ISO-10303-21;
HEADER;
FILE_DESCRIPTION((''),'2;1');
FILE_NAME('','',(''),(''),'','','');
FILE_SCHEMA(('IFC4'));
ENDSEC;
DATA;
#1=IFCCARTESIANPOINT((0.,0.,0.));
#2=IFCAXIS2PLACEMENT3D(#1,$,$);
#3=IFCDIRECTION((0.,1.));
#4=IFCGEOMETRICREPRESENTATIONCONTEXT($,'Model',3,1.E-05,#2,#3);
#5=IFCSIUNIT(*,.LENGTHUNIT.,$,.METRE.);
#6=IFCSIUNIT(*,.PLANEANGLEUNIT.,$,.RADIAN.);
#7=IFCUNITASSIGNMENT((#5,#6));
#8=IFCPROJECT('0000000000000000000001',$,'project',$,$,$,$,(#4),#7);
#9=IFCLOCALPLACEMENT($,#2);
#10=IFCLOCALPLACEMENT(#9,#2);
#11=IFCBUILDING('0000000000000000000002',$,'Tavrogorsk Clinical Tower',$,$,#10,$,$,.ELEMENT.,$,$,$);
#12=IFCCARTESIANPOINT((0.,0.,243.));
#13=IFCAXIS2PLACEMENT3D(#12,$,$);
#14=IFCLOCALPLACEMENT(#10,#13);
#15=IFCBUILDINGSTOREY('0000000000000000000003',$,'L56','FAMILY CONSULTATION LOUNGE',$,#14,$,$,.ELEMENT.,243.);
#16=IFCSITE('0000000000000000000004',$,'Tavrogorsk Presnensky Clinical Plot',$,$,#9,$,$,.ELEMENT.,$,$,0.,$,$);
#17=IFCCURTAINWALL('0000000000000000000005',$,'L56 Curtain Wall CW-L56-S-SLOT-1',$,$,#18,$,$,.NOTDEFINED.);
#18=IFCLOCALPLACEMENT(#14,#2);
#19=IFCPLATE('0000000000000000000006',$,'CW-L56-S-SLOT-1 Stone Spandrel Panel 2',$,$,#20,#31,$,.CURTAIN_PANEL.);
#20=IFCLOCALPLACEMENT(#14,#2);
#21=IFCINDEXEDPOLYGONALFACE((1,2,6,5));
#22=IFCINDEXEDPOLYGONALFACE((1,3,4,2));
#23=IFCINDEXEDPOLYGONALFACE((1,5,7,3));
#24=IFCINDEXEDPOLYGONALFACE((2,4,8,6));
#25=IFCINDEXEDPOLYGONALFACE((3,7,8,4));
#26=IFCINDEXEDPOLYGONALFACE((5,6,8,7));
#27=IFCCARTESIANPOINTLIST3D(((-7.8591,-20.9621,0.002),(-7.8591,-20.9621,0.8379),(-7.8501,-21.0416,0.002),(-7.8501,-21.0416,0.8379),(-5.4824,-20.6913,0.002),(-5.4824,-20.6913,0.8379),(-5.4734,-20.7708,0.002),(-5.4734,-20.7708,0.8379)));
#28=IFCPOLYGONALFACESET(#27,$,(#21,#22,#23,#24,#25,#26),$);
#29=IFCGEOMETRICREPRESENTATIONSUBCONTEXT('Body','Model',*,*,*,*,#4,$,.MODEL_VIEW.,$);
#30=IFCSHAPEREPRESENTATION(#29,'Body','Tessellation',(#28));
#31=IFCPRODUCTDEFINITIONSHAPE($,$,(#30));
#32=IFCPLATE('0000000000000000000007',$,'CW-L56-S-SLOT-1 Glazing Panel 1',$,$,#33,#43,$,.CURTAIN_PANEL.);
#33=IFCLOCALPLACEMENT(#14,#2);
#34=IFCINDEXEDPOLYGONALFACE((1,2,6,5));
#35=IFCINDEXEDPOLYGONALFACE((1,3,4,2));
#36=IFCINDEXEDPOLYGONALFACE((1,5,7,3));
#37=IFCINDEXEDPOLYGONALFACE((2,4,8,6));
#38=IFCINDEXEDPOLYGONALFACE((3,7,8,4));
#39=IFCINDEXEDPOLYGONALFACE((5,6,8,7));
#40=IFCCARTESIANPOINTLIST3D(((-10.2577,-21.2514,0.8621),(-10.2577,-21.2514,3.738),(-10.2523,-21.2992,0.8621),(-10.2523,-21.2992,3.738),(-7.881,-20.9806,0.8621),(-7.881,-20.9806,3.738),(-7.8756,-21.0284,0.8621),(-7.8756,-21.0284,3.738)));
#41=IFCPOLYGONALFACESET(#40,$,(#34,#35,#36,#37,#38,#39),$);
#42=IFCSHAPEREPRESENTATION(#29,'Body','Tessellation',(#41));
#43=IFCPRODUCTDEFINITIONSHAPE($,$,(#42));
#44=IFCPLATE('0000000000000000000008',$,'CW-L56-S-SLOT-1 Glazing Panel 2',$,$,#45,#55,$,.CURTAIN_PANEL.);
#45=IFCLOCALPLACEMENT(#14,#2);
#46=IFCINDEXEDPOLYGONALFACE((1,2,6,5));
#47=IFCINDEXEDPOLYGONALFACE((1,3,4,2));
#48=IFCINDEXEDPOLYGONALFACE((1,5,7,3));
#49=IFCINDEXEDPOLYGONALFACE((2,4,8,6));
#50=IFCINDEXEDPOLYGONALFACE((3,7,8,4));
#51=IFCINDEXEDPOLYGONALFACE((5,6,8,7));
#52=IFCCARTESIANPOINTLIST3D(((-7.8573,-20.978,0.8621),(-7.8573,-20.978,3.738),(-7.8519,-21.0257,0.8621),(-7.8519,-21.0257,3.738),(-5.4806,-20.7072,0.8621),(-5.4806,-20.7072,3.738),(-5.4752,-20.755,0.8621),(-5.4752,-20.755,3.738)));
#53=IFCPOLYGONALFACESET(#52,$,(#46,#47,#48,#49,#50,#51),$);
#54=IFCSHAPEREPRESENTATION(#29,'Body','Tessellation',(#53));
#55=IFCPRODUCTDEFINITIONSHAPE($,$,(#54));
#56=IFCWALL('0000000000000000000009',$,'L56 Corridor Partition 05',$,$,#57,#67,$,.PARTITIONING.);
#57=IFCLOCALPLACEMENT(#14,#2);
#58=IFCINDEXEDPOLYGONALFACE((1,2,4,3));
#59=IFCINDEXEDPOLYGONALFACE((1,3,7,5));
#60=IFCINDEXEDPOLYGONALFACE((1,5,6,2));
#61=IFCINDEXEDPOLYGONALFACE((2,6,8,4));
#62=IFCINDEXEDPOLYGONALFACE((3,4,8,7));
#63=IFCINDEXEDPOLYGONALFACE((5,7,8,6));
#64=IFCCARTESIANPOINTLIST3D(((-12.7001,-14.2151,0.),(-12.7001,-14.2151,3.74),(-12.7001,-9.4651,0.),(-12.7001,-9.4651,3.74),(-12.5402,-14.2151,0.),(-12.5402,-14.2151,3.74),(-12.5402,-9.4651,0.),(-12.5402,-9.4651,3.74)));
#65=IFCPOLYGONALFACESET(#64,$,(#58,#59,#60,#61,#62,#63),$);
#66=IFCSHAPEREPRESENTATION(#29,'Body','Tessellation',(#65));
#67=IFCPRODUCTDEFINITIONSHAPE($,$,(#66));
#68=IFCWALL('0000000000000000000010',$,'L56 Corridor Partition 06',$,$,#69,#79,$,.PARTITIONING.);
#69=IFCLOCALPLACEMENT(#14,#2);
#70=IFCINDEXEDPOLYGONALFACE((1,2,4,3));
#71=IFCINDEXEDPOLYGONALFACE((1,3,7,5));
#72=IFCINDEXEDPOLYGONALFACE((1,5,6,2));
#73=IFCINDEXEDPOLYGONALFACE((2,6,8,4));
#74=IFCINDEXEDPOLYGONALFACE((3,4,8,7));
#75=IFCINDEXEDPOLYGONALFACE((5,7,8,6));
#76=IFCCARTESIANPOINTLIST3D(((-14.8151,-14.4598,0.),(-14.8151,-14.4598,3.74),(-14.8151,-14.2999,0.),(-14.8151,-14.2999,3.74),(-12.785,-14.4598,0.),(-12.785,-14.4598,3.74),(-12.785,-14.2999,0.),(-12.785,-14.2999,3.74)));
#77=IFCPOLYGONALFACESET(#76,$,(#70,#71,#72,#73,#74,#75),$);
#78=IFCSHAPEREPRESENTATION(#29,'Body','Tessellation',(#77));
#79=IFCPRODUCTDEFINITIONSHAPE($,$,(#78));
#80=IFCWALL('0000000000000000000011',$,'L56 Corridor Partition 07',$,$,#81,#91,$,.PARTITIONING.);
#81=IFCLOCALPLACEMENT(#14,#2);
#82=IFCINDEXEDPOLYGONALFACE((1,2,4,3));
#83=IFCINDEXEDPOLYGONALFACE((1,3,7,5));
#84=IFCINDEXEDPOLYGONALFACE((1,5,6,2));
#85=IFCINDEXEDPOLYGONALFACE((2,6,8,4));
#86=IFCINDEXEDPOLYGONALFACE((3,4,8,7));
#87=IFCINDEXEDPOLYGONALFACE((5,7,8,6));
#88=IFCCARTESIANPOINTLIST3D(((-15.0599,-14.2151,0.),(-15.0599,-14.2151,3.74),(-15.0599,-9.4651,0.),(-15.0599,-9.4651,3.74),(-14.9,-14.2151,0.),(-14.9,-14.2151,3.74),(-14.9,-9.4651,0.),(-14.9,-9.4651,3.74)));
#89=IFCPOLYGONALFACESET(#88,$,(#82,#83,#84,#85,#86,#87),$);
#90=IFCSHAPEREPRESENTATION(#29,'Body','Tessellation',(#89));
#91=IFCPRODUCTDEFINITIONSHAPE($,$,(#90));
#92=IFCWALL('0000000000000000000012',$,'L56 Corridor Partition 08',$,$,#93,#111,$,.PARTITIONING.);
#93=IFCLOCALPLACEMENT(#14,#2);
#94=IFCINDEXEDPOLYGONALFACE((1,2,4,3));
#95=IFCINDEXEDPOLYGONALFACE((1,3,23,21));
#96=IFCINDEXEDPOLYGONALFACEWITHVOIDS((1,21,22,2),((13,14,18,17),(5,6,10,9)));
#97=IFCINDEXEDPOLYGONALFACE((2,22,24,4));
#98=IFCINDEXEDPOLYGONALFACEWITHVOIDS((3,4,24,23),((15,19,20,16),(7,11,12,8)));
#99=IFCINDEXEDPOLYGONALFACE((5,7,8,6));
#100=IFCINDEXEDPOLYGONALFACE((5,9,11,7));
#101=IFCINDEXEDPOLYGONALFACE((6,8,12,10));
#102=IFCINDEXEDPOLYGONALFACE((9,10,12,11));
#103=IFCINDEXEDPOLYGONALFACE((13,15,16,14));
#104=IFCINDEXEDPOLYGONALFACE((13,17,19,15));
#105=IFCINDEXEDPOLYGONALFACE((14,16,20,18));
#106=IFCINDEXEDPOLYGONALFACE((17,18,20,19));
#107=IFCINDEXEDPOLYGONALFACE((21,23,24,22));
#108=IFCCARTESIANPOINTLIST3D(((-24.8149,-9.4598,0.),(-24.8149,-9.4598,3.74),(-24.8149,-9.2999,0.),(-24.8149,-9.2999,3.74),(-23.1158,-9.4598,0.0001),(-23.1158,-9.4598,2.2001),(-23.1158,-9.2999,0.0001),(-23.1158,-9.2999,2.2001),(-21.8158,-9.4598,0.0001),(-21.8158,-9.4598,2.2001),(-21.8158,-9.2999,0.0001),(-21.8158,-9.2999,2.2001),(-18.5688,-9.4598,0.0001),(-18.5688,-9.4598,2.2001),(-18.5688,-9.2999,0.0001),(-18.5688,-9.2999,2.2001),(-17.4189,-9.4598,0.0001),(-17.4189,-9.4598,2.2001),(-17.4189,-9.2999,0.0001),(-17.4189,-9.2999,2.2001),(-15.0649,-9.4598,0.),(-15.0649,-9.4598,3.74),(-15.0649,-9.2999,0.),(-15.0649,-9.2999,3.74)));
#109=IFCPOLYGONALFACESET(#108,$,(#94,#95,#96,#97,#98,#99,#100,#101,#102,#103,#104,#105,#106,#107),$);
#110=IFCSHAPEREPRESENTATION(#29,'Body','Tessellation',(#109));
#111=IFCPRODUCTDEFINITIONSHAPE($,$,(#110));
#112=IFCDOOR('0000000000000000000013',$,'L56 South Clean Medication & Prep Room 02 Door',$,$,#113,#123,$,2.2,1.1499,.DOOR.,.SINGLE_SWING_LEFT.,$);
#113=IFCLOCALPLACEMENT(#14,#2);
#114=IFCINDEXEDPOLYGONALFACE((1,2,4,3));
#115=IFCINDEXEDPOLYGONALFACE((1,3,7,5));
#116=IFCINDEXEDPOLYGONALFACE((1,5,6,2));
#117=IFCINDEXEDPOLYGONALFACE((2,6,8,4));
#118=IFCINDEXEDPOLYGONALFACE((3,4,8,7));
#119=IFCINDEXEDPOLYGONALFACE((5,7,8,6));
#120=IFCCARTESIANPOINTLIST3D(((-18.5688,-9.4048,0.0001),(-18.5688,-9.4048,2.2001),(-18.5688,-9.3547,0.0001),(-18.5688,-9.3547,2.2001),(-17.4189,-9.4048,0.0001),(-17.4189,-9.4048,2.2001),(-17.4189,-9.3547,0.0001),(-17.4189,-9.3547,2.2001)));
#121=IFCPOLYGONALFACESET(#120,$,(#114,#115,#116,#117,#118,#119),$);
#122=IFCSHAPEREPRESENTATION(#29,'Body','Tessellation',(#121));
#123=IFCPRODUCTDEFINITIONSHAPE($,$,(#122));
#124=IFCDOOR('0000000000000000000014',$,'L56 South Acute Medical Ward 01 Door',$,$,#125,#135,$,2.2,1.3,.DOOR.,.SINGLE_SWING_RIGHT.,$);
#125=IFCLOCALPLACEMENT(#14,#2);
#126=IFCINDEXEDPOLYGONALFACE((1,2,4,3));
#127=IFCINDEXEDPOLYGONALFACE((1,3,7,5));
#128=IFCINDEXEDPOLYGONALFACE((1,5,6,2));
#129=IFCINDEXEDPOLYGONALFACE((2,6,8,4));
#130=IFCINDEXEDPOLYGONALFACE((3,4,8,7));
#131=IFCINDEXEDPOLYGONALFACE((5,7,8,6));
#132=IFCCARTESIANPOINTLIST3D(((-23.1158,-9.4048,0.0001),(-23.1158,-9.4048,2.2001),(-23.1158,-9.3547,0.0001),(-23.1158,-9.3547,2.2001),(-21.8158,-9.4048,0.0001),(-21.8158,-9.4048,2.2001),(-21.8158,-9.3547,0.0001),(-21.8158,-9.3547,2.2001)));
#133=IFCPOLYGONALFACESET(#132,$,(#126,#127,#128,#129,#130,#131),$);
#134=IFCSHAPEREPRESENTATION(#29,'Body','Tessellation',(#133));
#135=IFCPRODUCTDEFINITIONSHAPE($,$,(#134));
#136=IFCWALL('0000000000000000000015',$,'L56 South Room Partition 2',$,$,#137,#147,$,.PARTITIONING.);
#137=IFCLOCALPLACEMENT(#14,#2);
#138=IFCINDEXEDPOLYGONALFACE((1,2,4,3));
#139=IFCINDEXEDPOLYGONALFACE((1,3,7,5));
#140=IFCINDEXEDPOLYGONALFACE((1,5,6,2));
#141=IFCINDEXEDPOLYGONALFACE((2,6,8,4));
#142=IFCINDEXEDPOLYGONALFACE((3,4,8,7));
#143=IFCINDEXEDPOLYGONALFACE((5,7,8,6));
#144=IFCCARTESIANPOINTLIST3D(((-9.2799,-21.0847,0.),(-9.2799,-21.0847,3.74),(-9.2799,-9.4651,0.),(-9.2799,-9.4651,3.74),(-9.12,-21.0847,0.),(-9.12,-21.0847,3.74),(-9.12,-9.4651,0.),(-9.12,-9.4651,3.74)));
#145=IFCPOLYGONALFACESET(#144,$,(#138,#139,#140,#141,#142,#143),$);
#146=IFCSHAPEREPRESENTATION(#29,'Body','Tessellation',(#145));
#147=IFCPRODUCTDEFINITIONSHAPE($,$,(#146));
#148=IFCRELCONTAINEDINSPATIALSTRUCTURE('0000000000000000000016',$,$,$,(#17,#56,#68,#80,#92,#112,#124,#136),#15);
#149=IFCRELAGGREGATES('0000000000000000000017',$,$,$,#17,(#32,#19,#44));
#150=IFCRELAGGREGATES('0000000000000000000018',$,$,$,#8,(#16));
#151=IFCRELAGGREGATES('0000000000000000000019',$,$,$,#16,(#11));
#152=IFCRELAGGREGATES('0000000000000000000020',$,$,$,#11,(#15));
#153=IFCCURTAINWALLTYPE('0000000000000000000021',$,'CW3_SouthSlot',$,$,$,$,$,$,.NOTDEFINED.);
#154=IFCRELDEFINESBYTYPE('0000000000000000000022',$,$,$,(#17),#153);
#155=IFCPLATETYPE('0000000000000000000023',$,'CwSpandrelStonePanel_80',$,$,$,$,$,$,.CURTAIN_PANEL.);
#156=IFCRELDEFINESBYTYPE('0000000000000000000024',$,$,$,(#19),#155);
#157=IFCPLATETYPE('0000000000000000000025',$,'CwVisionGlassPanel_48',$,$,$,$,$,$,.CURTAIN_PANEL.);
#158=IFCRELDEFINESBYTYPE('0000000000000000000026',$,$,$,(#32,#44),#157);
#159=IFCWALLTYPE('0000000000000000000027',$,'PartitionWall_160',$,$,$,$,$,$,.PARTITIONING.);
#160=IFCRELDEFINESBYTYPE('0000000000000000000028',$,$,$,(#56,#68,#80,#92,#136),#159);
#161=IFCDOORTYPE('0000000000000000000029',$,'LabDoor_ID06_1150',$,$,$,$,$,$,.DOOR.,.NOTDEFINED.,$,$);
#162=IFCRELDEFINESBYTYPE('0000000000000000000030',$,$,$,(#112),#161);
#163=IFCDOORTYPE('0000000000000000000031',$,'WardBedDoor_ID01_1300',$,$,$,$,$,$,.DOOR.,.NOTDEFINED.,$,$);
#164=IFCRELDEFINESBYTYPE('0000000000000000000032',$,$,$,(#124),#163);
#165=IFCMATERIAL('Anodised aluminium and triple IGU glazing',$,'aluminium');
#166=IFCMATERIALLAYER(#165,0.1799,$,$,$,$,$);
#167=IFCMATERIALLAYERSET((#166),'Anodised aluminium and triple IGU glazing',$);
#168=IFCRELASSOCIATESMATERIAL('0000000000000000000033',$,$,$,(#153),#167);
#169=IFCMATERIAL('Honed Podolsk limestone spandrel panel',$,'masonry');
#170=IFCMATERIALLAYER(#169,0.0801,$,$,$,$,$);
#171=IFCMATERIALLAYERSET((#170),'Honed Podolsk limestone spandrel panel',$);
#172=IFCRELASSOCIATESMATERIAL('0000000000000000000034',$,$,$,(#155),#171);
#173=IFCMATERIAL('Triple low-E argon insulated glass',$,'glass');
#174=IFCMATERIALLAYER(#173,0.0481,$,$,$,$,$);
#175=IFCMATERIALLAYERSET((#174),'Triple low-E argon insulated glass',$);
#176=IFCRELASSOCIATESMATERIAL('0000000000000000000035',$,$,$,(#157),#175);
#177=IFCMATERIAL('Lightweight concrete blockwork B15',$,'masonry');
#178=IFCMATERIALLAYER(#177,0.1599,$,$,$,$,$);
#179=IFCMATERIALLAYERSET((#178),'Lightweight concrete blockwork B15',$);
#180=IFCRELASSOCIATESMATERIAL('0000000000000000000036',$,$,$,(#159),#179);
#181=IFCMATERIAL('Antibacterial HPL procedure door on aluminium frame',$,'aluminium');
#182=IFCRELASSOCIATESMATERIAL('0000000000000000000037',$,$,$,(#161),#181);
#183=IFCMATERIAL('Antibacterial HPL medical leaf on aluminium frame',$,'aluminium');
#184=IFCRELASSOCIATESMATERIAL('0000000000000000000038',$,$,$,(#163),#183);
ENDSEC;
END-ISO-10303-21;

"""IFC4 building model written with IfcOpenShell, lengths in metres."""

from ifc_helpers import new_model, si_unit, direction, frame, frame_2d, origin, origin_2d, place, context, subcontext, project, spatial, rectangle, extrude, material, layer, layer_set, type_object, element, fill, aggregate, save


model = new_model("IFC4")

# Units and contexts
model_context = context("Model", 3, precision=1e-05, world=origin(), true_north=direction((0.0, 1.0)))
body_context = subcontext(model_context, "Body", "Model", "MODEL_VIEW")
ifc_project = project(units=[si_unit("LENGTHUNIT", "METRE"), si_unit("PLANEANGLEUNIT", "RADIAN")], contexts=[model_context])

# Site, building, storey
site_placement = place(None, origin())
site = spatial("IfcSite", under=ifc_project, at=site_placement, Name="Tavrogorsk Presnensky Clinical Plot", CompositionType="ELEMENT", RefElevation=0.0)
building_placement = place(site_placement, origin())
building = spatial("IfcBuilding", under=site, at=building_placement, Name="Tavrogorsk Clinical Tower", CompositionType="ELEMENT")
storey_placement = place(building_placement, frame((0.0, 0.0, 243.0)))
storey = spatial("IfcBuildingStorey", under=building, at=storey_placement, Name="L56", Description="FAMILY CONSULTATION LOUNGE", CompositionType="ELEMENT", Elevation=243.0)

# Curtain wall
ifc_material_1 = material(Name="Anodised aluminium and triple IGU glazing", Category="aluminium")
ifc_layer_1 = layer(ifc_material_1, 0.1799)
ifc_layer_set_1 = layer_set([ifc_layer_1], Name="Anodised aluminium and triple IGU glazing")
curtain_wall_type = type_object("IfcCurtainWallType", Name="CW3_SouthSlot", PredefinedType="NOTDEFINED", material=ifc_layer_set_1)
curtain_wall_placement = place(storey_placement, origin())
curtain_wall = element("IfcCurtainWall", 1, at=curtain_wall_placement, inside=storey, type_object=curtain_wall_type, Name="L56 Curtain Wall CW-L56-S-SLOT-1", PredefinedType="NOTDEFINED")

# Plates
ifc_material_2 = material(Name="Honed Podolsk limestone spandrel panel", Category="masonry")
ifc_layer_2 = layer(ifc_material_2, 0.0801)
ifc_layer_set_2 = layer_set([ifc_layer_2], Name="Honed Podolsk limestone spandrel panel")
plate_type_1 = type_object("IfcPlateType", Name="CwSpandrelStonePanel_80", PredefinedType="CURTAIN_PANEL", material=ifc_layer_set_2)
plate_1_placement = place(storey_placement, frame((-6.6663, -20.8665, 0.002), z_axis=(0.0, 0.0, 1.0), x_axis=(0.993572, 0.113203, 0.0)))
plate_1 = element("IfcPlate", 2, at=plate_1_placement, type_object=plate_type_1, Name="CW-L56-S-SLOT-1 Stone Spandrel Panel 2", PredefinedType="CURTAIN_PANEL", context=body_context, shape_type="SweptSolid", body=[
    extrude(rectangle(XDim=2.3921, YDim=0.0801, at=origin_2d()), origin(), (0.0, 0.0, 1.0), 0.8359),
])
ifc_material_3 = material(Name="Triple low-E argon insulated glass", Category="glass")
ifc_layer_3 = layer(ifc_material_3, 0.0481)
ifc_layer_set_3 = layer_set([ifc_layer_3], Name="Triple low-E argon insulated glass")
plate_type_2 = type_object("IfcPlateType", Name="CwVisionGlassPanel_48", PredefinedType="CURTAIN_PANEL", material=ifc_layer_set_3)
plate_2_placement = place(storey_placement, frame((-9.0667, -21.1399, 0.8621), z_axis=(0.0, 0.0, 1.0), x_axis=(0.993572, 0.113203, 0.0)))
plate_2 = element("IfcPlate", 3, at=plate_2_placement, type_object=plate_type_2, Name="CW-L56-S-SLOT-1 Glazing Panel 1", PredefinedType="CURTAIN_PANEL", context=body_context, shape_type="SweptSolid", body=[
    extrude(rectangle(XDim=2.3921, YDim=0.0481, at=origin_2d()), origin(), (0.0, 0.0, 1.0), 2.876),
])
plate_3_placement = place(storey_placement, frame((-6.6663, -20.8665, 0.8621), z_axis=(0.0, 0.0, 1.0), x_axis=(0.993572, 0.113203, 0.0)))
plate_3 = element("IfcPlate", 4, at=plate_3_placement, type_object=plate_type_2, Name="CW-L56-S-SLOT-1 Glazing Panel 2", PredefinedType="CURTAIN_PANEL", context=body_context, shape_type="SweptSolid", body=[
    extrude(rectangle(XDim=2.3921, YDim=0.0481, at=origin_2d()), origin(), (0.0, 0.0, 1.0), 2.876),
])
aggregate(curtain_wall, [plate_2, plate_1, plate_3])

# Walls
ifc_material_4 = material(Name="Lightweight concrete blockwork B15", Category="masonry")
ifc_layer_4 = layer(ifc_material_4, 0.1599)
ifc_layer_set_4 = layer_set([ifc_layer_4], Name="Lightweight concrete blockwork B15")
wall_type_1 = type_object("IfcWallType", Name="PartitionWall_160", PredefinedType="PARTITIONING", material=ifc_layer_set_4)
wall_1_placement = place(storey_placement, frame((-12.6201, -9.4651, 0.0), z_axis=(0.0, 0.0, 1.0), x_axis=(0.0, -1.0, 0.0)))
element("IfcWall", 5, at=wall_1_placement, inside=storey, type_object=wall_type_1, Name="L56 Corridor Partition 05", PredefinedType="PARTITIONING", context=body_context, shape_type="SweptSolid", body=[
    extrude(rectangle(XDim=4.75, YDim=0.1599, at=frame_2d((2.375, 0.0))), origin(), (0.0, 0.0, 1.0), 3.74),
])
wall_2_placement = place(storey_placement, frame((-12.7849, -14.3799, 0.0), z_axis=(0.0, 0.0, 1.0), x_axis=(-1.0, 0.0, 0.0)))
element("IfcWall", 6, at=wall_2_placement, inside=storey, type_object=wall_type_1, Name="L56 Corridor Partition 06", PredefinedType="PARTITIONING", context=body_context, shape_type="SweptSolid", body=[
    extrude(rectangle(XDim=2.03, YDim=0.1599, at=frame_2d((1.0151, 0.0))), origin(), (0.0, 0.0, 1.0), 3.74),
])
wall_3_placement = place(storey_placement, frame((-14.98, -14.2151, 0.0), z_axis=(0.0, 0.0, 1.0), x_axis=(0.0, 1.0, 0.0)))
element("IfcWall", 7, at=wall_3_placement, inside=storey, type_object=wall_type_1, Name="L56 Corridor Partition 07", PredefinedType="PARTITIONING", context=body_context, shape_type="SweptSolid", body=[
    extrude(rectangle(XDim=4.75, YDim=0.1599, at=frame_2d((2.375, 0.0))), origin(), (0.0, 0.0, 1.0), 3.74),
])

# Wall, openings, doors
wall_4_placement = place(storey_placement, frame((-15.0649, -9.3799, 0.0), z_axis=(0.0, 0.0, 1.0), x_axis=(-1.0, 0.0, 0.0)))
wall_4 = element("IfcWall", 8, at=wall_4_placement, inside=storey, type_object=wall_type_1, Name="L56 Corridor Partition 08", PredefinedType="PARTITIONING", context=body_context, shape_type="SweptSolid", body=[
    extrude(rectangle(XDim=9.75, YDim=0.1599, at=frame_2d((4.875, 0.0))), origin(), (0.0, 0.0, 1.0), 3.74),
])
opening_1_placement = place(wall_4_placement, frame((6.751, 0.0, 0.0)))
opening_1 = element("IfcOpeningElement", 9, at=opening_1_placement, cuts=wall_4, PredefinedType="OPENING", context=body_context, shape_type="SweptSolid", body=[
    extrude(rectangle(XDim=1.3, YDim=2.2, at=frame_2d((0.6499, 1.1001))), frame((0.0, 0.0898, 0.0), z_axis=(0.0, -1.0, 0.0), x_axis=(1.0, 0.0, 0.0)), (0.0, 0.0, 1.0), 0.1799),
])
opening_2_placement = place(wall_4_placement, frame((2.354, 0.0, 0.0)))
opening_2 = element("IfcOpeningElement", 10, at=opening_2_placement, cuts=wall_4, PredefinedType="OPENING", context=body_context, shape_type="SweptSolid", body=[
    extrude(rectangle(XDim=1.1499, YDim=2.2, at=frame_2d((0.575, 1.1001))), frame((0.0, 0.0898, 0.0), z_axis=(0.0, -1.0, 0.0), x_axis=(1.0, 0.0, 0.0)), (0.0, 0.0, 1.0), 0.1799),
])
ifc_material_5 = material(Name="Antibacterial HPL procedure door on aluminium frame", Category="aluminium")
door_type_1 = type_object("IfcDoorType", Name="LabDoor_ID06_1150", OperationType="NOTDEFINED", PredefinedType="DOOR", material=ifc_material_5)
door_1_placement = place(opening_2_placement, origin())
door_1 = element("IfcDoor", 11, at=door_1_placement, inside=storey, type_object=door_type_1, Name="L56 South Clean Medication & Prep Room 02 Door", OperationType="SINGLE_SWING_LEFT", OverallHeight=2.2, OverallWidth=1.1499, PredefinedType="DOOR", context=body_context, shape_type="SweptSolid", body=[
    extrude(rectangle(XDim=1.1499, YDim=2.2, at=frame_2d((0.575, 1.1001))), frame((0.0, 0.0249, 0.0), z_axis=(0.0, -1.0, 0.0), x_axis=(1.0, 0.0, 0.0)), (0.0, 0.0, 1.0), 0.05),
])
fill(opening_2, door_1)
ifc_material_6 = material(Name="Antibacterial HPL medical leaf on aluminium frame", Category="aluminium")
door_type_2 = type_object("IfcDoorType", Name="WardBedDoor_ID01_1300", OperationType="NOTDEFINED", PredefinedType="DOOR", material=ifc_material_6)
door_2_placement = place(opening_1_placement, origin())
door_2 = element("IfcDoor", 12, at=door_2_placement, inside=storey, type_object=door_type_2, Name="L56 South Acute Medical Ward 01 Door", OperationType="SINGLE_SWING_RIGHT", OverallHeight=2.2, OverallWidth=1.3, PredefinedType="DOOR", context=body_context, shape_type="SweptSolid", body=[
    extrude(rectangle(XDim=1.3, YDim=2.2, at=frame_2d((0.6499, 1.1001))), frame((0.0, 0.0249, 0.0), z_axis=(0.0, -1.0, 0.0), x_axis=(1.0, 0.0, 0.0)), (0.0, 0.0, 1.0), 0.05),
])
fill(opening_1, door_2)

# Wall
wall_5_placement = place(storey_placement, frame((-9.2, -21.0847, 0.0), z_axis=(0.0, 0.0, 1.0), x_axis=(0.0, 1.0, 0.0)))
element("IfcWall", 13, at=wall_5_placement, inside=storey, type_object=wall_type_1, Name="L56 South Room Partition 2", PredefinedType="PARTITIONING", context=body_context, shape_type="SweptSolid", body=[
    extrude(rectangle(XDim=11.6196, YDim=0.1599, at=frame_2d((5.8098, 0.0))), origin(), (0.0, 0.0, 1.0), 3.74),
])

save(model, "model.ifc")
